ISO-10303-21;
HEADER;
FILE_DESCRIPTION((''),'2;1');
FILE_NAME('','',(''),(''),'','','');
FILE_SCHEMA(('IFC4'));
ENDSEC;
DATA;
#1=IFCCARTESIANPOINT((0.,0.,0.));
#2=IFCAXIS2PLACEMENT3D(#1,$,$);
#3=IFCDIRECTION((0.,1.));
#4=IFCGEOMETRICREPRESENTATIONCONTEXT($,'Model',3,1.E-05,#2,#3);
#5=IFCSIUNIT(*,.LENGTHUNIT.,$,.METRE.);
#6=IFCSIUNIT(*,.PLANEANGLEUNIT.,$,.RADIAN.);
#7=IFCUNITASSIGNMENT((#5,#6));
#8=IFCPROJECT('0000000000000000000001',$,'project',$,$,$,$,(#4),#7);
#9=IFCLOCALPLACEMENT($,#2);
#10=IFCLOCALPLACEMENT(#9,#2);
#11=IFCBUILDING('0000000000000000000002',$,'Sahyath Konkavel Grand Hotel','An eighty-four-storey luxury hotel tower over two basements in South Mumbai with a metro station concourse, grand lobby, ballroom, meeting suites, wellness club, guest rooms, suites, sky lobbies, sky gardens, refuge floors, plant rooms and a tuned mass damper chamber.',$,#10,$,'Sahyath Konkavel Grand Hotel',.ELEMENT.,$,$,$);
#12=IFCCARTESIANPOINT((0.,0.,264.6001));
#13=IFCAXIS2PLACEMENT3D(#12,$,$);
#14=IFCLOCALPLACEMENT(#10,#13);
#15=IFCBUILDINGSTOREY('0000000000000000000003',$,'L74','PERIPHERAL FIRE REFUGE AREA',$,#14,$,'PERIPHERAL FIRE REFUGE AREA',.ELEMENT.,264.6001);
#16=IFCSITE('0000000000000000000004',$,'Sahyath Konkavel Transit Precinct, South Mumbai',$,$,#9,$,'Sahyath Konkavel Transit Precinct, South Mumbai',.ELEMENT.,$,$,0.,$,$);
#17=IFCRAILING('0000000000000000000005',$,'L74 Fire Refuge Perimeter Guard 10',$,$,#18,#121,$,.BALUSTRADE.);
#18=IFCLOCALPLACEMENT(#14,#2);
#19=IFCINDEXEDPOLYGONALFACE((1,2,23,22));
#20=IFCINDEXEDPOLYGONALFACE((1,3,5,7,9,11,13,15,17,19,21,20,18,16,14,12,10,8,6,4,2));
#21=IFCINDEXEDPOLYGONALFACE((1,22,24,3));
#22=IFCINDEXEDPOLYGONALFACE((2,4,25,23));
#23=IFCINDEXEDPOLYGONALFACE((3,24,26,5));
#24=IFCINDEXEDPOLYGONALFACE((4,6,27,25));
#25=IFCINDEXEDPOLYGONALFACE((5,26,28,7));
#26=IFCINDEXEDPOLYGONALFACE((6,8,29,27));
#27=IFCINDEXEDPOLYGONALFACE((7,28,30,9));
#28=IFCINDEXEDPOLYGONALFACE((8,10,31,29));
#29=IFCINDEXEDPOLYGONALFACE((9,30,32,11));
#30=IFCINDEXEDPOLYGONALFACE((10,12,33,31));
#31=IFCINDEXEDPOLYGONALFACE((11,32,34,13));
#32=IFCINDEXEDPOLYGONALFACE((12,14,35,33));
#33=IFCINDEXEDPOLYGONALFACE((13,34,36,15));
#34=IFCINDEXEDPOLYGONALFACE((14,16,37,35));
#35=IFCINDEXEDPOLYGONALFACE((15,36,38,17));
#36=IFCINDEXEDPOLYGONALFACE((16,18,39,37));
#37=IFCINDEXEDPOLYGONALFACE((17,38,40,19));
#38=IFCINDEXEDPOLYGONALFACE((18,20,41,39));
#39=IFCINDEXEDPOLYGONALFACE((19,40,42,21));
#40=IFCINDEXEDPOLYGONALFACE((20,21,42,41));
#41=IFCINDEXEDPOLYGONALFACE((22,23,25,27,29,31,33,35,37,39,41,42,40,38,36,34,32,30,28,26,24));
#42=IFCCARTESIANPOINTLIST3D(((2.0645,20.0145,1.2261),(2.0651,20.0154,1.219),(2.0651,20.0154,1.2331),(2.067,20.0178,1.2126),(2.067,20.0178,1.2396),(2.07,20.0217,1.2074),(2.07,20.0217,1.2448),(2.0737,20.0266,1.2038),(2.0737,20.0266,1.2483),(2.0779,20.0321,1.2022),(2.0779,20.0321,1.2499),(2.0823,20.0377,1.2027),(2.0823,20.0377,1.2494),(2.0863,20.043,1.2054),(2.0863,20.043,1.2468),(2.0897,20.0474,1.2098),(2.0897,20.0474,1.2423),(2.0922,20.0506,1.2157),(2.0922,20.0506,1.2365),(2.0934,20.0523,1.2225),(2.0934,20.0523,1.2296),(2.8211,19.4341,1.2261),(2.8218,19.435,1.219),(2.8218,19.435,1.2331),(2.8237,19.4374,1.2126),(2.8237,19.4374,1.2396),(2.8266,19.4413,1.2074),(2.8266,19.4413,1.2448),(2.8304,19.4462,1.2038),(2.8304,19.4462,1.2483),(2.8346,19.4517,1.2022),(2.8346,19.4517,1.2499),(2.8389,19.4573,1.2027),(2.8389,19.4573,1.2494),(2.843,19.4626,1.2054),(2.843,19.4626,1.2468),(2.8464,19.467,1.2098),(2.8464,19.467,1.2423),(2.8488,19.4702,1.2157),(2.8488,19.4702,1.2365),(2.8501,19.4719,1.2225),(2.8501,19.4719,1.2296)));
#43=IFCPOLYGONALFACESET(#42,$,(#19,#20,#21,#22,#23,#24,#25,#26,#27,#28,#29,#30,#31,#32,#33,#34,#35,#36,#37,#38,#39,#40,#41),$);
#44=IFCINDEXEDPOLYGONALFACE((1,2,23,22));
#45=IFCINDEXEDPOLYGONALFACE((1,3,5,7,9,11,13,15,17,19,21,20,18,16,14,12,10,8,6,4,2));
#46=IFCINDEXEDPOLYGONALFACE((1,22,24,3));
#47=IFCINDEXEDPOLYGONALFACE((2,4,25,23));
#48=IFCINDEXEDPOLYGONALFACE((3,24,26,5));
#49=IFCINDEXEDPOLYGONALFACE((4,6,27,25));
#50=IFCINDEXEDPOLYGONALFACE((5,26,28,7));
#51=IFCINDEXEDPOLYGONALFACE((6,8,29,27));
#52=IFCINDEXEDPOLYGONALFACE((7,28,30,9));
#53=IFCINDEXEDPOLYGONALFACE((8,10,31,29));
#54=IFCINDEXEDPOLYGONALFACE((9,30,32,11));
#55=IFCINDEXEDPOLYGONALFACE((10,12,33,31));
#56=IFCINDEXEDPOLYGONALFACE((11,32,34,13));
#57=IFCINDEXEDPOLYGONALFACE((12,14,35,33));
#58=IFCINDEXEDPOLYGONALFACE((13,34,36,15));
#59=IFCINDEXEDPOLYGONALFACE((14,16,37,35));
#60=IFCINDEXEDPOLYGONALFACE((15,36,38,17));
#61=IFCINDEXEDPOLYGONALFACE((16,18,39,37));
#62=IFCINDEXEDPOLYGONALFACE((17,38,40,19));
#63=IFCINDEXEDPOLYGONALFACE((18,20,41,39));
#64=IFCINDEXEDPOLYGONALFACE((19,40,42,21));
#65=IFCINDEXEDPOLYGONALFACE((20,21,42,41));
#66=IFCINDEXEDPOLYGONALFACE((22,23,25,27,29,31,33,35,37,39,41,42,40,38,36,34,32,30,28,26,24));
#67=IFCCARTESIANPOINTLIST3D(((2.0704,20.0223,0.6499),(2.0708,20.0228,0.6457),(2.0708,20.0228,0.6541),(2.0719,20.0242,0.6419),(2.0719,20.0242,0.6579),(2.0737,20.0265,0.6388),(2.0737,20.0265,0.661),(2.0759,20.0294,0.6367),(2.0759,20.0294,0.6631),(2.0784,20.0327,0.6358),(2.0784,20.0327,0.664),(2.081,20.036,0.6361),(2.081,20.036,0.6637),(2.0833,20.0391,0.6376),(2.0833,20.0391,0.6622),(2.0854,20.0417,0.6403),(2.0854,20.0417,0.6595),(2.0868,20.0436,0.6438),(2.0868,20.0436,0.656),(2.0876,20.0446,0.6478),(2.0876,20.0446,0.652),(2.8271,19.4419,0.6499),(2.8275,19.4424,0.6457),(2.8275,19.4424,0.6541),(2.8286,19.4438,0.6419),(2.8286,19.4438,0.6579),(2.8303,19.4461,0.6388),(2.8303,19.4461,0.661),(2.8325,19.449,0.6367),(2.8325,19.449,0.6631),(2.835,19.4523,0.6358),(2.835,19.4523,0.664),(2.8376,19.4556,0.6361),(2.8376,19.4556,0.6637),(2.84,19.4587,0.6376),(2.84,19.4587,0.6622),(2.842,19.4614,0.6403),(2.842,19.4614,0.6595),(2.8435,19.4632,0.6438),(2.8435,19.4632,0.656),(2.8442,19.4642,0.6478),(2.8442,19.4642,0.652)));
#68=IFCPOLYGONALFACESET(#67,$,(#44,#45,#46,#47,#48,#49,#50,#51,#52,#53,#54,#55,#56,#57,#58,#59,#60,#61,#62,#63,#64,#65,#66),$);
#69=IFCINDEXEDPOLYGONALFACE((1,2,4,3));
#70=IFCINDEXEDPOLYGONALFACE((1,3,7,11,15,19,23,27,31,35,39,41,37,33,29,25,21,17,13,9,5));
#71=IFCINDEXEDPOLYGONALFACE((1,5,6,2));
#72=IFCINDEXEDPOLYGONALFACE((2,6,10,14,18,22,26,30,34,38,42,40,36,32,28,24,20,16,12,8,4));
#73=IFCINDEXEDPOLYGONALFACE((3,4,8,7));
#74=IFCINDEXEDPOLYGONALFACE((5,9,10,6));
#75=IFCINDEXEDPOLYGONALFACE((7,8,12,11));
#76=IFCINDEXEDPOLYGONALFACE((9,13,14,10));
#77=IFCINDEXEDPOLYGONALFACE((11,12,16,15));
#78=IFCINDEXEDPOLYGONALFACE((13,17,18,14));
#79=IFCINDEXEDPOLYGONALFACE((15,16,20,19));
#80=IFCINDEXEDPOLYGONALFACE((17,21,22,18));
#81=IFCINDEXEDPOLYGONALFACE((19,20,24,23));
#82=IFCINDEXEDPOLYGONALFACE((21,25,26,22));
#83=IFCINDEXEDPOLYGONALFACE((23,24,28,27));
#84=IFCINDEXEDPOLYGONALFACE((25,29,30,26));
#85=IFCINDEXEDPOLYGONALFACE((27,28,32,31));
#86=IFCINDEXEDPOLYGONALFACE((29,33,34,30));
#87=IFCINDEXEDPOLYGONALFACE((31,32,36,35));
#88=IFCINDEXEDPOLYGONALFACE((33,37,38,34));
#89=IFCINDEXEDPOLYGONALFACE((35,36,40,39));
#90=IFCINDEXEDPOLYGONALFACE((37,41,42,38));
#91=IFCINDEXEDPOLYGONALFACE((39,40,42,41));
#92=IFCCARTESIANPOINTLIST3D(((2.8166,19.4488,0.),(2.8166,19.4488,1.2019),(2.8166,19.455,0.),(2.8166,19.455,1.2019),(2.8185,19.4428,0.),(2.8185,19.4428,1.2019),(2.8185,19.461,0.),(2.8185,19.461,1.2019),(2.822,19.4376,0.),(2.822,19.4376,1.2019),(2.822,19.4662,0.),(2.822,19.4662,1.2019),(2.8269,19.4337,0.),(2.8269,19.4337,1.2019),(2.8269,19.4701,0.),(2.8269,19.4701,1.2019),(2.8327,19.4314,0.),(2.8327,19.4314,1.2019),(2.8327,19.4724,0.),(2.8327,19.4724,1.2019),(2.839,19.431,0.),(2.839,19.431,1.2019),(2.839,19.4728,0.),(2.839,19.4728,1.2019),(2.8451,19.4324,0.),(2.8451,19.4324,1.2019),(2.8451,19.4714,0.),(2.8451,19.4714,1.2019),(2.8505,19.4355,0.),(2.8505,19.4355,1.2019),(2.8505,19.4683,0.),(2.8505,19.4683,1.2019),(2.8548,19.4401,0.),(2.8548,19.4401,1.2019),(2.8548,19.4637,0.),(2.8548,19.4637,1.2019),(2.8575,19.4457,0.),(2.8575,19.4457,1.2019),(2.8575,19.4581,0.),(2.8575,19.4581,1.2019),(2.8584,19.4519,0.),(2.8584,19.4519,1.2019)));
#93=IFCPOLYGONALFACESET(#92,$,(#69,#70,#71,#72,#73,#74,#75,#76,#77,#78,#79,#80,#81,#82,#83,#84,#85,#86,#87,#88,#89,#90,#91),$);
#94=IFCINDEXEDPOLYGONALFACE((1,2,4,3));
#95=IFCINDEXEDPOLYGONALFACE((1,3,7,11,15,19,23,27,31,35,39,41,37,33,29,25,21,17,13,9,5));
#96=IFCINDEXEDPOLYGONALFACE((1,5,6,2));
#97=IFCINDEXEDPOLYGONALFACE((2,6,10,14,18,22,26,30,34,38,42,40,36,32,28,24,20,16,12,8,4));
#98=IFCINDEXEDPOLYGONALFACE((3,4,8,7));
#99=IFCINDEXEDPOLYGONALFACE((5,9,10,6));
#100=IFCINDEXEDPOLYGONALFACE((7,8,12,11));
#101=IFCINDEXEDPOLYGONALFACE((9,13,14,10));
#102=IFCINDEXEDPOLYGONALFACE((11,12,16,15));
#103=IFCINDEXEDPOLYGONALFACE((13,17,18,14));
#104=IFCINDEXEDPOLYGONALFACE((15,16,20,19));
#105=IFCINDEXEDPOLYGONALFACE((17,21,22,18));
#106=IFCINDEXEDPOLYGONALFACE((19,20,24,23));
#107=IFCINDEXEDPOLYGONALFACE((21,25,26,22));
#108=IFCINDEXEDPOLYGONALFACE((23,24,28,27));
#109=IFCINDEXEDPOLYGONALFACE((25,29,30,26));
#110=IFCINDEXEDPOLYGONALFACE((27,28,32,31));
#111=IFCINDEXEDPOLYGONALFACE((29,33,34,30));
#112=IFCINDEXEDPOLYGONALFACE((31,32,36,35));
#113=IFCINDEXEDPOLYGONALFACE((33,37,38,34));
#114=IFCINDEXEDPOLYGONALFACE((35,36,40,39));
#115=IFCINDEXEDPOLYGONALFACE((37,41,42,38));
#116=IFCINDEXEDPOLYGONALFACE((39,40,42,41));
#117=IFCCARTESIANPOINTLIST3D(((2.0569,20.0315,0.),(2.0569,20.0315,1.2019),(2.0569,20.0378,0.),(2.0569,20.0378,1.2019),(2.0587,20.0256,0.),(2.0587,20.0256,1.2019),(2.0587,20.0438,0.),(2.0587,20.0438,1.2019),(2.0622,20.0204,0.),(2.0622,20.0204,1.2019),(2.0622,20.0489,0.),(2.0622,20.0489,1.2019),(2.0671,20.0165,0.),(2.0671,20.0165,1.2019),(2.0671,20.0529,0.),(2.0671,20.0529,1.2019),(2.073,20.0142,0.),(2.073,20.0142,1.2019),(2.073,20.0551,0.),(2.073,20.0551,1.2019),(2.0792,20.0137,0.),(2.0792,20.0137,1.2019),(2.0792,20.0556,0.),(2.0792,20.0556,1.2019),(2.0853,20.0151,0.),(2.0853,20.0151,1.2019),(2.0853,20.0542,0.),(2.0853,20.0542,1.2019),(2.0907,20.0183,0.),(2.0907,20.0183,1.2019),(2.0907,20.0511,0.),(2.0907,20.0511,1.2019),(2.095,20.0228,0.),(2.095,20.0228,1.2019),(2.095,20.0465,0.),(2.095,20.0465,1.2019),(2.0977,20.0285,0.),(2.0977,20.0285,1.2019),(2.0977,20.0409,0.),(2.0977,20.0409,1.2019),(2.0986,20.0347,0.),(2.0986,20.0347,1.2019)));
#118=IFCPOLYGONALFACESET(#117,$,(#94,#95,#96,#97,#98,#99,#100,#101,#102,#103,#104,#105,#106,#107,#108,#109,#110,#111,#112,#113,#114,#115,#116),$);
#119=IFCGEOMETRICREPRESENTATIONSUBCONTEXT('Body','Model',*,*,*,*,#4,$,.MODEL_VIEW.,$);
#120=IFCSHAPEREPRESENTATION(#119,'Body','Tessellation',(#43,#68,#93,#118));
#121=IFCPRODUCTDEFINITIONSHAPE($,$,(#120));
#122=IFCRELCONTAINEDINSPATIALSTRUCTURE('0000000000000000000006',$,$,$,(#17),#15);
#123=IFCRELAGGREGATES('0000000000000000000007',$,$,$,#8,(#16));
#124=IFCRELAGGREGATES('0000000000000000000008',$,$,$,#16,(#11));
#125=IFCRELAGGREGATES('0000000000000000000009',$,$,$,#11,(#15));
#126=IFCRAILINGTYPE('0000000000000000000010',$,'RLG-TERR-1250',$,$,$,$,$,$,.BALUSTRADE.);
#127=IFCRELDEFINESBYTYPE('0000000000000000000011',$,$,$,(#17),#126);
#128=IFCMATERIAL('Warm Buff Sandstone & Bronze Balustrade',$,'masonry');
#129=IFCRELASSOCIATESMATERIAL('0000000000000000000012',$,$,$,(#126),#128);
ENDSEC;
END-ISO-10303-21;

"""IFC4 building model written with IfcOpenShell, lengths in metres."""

from ifc_helpers import new_model, si_unit, direction, frame, origin, origin_2d, place, context, subcontext, project, spatial, circle, extrude, material, type_object, element, save


model = new_model("IFC4")

# Units and contexts
model_context = context("Model", 3, precision=1e-05, world=origin(), true_north=direction((0.0, 1.0)))
body_context = subcontext(model_context, "Body", "Model", "MODEL_VIEW")
ifc_project = project(units=[si_unit("LENGTHUNIT", "METRE"), si_unit("PLANEANGLEUNIT", "RADIAN")], contexts=[model_context])

# Site, building, storey
site_placement = place(None, origin())
site = spatial("IfcSite", under=ifc_project, at=site_placement, Name="Sahyath Konkavel Transit Precinct, South Mumbai", LongName="Sahyath Konkavel Transit Precinct, South Mumbai", CompositionType="ELEMENT", RefElevation=0.0)
building_placement = place(site_placement, origin())
building = spatial("IfcBuilding", under=site, at=building_placement, Name="Sahyath Konkavel Grand Hotel", Description="An eighty-four-storey luxury hotel tower over two basements in South Mumbai with a metro station concourse, grand lobby, ballroom, meeting suites, wellness club, guest rooms, suites, sky lobbies, sky gardens, refuge floors, plant rooms and a tuned mass damper chamber.", LongName="Sahyath Konkavel Grand Hotel", CompositionType="ELEMENT")
storey_placement = place(building_placement, frame((0.0, 0.0, 264.6001)))
storey = spatial("IfcBuildingStorey", under=building, at=storey_placement, Name="L74", Description="PERIPHERAL FIRE REFUGE AREA", LongName="PERIPHERAL FIRE REFUGE AREA", CompositionType="ELEMENT", Elevation=264.6001)

# Railing
ifc_material_1 = material(Name="Warm Buff Sandstone & Bronze Balustrade", Category="masonry")
railing_type = type_object("IfcRailingType", Name="RLG-TERR-1250", PredefinedType="BALUSTRADE", material=ifc_material_1)
railing_1_placement = place(storey_placement, frame((2.8374, 19.4519, 0.0)))
element("IfcRailing", 1, at=railing_1_placement, inside=storey, type_object=railing_type, Name="L74 Fire Refuge Perimeter Guard 10", PredefinedType="BALUSTRADE", context=body_context, shape_type="SweptSolid", body=[
    extrude(circle(Radius=0.0239, at=origin_2d()), frame((-0.0017, 0.0012, 1.2261), z_axis=(-0.793467, 0.608614, 0.0), x_axis=(-0.608614, -0.793467, 0.0)), (0.0, 0.0, 1.0), 0.9536),
    extrude(circle(Radius=0.0142, at=origin_2d()), frame((-0.0017, 0.0012, 0.6499), z_axis=(-0.793467, 0.608614, 0.0), x_axis=(-0.608614, -0.793467, 0.0)), (0.0, 0.0, 1.0), 0.9536),
    extrude(circle(Radius=0.021, at=origin_2d()), origin(), (0.0, 0.0, 1.0), 1.2019),
    extrude(circle(Radius=0.021, at=origin_2d()), frame((-0.7598, 0.5828, 0.0)), (0.0, 0.0, 1.0), 1.2019),
])

save(model, "model.ifc")
